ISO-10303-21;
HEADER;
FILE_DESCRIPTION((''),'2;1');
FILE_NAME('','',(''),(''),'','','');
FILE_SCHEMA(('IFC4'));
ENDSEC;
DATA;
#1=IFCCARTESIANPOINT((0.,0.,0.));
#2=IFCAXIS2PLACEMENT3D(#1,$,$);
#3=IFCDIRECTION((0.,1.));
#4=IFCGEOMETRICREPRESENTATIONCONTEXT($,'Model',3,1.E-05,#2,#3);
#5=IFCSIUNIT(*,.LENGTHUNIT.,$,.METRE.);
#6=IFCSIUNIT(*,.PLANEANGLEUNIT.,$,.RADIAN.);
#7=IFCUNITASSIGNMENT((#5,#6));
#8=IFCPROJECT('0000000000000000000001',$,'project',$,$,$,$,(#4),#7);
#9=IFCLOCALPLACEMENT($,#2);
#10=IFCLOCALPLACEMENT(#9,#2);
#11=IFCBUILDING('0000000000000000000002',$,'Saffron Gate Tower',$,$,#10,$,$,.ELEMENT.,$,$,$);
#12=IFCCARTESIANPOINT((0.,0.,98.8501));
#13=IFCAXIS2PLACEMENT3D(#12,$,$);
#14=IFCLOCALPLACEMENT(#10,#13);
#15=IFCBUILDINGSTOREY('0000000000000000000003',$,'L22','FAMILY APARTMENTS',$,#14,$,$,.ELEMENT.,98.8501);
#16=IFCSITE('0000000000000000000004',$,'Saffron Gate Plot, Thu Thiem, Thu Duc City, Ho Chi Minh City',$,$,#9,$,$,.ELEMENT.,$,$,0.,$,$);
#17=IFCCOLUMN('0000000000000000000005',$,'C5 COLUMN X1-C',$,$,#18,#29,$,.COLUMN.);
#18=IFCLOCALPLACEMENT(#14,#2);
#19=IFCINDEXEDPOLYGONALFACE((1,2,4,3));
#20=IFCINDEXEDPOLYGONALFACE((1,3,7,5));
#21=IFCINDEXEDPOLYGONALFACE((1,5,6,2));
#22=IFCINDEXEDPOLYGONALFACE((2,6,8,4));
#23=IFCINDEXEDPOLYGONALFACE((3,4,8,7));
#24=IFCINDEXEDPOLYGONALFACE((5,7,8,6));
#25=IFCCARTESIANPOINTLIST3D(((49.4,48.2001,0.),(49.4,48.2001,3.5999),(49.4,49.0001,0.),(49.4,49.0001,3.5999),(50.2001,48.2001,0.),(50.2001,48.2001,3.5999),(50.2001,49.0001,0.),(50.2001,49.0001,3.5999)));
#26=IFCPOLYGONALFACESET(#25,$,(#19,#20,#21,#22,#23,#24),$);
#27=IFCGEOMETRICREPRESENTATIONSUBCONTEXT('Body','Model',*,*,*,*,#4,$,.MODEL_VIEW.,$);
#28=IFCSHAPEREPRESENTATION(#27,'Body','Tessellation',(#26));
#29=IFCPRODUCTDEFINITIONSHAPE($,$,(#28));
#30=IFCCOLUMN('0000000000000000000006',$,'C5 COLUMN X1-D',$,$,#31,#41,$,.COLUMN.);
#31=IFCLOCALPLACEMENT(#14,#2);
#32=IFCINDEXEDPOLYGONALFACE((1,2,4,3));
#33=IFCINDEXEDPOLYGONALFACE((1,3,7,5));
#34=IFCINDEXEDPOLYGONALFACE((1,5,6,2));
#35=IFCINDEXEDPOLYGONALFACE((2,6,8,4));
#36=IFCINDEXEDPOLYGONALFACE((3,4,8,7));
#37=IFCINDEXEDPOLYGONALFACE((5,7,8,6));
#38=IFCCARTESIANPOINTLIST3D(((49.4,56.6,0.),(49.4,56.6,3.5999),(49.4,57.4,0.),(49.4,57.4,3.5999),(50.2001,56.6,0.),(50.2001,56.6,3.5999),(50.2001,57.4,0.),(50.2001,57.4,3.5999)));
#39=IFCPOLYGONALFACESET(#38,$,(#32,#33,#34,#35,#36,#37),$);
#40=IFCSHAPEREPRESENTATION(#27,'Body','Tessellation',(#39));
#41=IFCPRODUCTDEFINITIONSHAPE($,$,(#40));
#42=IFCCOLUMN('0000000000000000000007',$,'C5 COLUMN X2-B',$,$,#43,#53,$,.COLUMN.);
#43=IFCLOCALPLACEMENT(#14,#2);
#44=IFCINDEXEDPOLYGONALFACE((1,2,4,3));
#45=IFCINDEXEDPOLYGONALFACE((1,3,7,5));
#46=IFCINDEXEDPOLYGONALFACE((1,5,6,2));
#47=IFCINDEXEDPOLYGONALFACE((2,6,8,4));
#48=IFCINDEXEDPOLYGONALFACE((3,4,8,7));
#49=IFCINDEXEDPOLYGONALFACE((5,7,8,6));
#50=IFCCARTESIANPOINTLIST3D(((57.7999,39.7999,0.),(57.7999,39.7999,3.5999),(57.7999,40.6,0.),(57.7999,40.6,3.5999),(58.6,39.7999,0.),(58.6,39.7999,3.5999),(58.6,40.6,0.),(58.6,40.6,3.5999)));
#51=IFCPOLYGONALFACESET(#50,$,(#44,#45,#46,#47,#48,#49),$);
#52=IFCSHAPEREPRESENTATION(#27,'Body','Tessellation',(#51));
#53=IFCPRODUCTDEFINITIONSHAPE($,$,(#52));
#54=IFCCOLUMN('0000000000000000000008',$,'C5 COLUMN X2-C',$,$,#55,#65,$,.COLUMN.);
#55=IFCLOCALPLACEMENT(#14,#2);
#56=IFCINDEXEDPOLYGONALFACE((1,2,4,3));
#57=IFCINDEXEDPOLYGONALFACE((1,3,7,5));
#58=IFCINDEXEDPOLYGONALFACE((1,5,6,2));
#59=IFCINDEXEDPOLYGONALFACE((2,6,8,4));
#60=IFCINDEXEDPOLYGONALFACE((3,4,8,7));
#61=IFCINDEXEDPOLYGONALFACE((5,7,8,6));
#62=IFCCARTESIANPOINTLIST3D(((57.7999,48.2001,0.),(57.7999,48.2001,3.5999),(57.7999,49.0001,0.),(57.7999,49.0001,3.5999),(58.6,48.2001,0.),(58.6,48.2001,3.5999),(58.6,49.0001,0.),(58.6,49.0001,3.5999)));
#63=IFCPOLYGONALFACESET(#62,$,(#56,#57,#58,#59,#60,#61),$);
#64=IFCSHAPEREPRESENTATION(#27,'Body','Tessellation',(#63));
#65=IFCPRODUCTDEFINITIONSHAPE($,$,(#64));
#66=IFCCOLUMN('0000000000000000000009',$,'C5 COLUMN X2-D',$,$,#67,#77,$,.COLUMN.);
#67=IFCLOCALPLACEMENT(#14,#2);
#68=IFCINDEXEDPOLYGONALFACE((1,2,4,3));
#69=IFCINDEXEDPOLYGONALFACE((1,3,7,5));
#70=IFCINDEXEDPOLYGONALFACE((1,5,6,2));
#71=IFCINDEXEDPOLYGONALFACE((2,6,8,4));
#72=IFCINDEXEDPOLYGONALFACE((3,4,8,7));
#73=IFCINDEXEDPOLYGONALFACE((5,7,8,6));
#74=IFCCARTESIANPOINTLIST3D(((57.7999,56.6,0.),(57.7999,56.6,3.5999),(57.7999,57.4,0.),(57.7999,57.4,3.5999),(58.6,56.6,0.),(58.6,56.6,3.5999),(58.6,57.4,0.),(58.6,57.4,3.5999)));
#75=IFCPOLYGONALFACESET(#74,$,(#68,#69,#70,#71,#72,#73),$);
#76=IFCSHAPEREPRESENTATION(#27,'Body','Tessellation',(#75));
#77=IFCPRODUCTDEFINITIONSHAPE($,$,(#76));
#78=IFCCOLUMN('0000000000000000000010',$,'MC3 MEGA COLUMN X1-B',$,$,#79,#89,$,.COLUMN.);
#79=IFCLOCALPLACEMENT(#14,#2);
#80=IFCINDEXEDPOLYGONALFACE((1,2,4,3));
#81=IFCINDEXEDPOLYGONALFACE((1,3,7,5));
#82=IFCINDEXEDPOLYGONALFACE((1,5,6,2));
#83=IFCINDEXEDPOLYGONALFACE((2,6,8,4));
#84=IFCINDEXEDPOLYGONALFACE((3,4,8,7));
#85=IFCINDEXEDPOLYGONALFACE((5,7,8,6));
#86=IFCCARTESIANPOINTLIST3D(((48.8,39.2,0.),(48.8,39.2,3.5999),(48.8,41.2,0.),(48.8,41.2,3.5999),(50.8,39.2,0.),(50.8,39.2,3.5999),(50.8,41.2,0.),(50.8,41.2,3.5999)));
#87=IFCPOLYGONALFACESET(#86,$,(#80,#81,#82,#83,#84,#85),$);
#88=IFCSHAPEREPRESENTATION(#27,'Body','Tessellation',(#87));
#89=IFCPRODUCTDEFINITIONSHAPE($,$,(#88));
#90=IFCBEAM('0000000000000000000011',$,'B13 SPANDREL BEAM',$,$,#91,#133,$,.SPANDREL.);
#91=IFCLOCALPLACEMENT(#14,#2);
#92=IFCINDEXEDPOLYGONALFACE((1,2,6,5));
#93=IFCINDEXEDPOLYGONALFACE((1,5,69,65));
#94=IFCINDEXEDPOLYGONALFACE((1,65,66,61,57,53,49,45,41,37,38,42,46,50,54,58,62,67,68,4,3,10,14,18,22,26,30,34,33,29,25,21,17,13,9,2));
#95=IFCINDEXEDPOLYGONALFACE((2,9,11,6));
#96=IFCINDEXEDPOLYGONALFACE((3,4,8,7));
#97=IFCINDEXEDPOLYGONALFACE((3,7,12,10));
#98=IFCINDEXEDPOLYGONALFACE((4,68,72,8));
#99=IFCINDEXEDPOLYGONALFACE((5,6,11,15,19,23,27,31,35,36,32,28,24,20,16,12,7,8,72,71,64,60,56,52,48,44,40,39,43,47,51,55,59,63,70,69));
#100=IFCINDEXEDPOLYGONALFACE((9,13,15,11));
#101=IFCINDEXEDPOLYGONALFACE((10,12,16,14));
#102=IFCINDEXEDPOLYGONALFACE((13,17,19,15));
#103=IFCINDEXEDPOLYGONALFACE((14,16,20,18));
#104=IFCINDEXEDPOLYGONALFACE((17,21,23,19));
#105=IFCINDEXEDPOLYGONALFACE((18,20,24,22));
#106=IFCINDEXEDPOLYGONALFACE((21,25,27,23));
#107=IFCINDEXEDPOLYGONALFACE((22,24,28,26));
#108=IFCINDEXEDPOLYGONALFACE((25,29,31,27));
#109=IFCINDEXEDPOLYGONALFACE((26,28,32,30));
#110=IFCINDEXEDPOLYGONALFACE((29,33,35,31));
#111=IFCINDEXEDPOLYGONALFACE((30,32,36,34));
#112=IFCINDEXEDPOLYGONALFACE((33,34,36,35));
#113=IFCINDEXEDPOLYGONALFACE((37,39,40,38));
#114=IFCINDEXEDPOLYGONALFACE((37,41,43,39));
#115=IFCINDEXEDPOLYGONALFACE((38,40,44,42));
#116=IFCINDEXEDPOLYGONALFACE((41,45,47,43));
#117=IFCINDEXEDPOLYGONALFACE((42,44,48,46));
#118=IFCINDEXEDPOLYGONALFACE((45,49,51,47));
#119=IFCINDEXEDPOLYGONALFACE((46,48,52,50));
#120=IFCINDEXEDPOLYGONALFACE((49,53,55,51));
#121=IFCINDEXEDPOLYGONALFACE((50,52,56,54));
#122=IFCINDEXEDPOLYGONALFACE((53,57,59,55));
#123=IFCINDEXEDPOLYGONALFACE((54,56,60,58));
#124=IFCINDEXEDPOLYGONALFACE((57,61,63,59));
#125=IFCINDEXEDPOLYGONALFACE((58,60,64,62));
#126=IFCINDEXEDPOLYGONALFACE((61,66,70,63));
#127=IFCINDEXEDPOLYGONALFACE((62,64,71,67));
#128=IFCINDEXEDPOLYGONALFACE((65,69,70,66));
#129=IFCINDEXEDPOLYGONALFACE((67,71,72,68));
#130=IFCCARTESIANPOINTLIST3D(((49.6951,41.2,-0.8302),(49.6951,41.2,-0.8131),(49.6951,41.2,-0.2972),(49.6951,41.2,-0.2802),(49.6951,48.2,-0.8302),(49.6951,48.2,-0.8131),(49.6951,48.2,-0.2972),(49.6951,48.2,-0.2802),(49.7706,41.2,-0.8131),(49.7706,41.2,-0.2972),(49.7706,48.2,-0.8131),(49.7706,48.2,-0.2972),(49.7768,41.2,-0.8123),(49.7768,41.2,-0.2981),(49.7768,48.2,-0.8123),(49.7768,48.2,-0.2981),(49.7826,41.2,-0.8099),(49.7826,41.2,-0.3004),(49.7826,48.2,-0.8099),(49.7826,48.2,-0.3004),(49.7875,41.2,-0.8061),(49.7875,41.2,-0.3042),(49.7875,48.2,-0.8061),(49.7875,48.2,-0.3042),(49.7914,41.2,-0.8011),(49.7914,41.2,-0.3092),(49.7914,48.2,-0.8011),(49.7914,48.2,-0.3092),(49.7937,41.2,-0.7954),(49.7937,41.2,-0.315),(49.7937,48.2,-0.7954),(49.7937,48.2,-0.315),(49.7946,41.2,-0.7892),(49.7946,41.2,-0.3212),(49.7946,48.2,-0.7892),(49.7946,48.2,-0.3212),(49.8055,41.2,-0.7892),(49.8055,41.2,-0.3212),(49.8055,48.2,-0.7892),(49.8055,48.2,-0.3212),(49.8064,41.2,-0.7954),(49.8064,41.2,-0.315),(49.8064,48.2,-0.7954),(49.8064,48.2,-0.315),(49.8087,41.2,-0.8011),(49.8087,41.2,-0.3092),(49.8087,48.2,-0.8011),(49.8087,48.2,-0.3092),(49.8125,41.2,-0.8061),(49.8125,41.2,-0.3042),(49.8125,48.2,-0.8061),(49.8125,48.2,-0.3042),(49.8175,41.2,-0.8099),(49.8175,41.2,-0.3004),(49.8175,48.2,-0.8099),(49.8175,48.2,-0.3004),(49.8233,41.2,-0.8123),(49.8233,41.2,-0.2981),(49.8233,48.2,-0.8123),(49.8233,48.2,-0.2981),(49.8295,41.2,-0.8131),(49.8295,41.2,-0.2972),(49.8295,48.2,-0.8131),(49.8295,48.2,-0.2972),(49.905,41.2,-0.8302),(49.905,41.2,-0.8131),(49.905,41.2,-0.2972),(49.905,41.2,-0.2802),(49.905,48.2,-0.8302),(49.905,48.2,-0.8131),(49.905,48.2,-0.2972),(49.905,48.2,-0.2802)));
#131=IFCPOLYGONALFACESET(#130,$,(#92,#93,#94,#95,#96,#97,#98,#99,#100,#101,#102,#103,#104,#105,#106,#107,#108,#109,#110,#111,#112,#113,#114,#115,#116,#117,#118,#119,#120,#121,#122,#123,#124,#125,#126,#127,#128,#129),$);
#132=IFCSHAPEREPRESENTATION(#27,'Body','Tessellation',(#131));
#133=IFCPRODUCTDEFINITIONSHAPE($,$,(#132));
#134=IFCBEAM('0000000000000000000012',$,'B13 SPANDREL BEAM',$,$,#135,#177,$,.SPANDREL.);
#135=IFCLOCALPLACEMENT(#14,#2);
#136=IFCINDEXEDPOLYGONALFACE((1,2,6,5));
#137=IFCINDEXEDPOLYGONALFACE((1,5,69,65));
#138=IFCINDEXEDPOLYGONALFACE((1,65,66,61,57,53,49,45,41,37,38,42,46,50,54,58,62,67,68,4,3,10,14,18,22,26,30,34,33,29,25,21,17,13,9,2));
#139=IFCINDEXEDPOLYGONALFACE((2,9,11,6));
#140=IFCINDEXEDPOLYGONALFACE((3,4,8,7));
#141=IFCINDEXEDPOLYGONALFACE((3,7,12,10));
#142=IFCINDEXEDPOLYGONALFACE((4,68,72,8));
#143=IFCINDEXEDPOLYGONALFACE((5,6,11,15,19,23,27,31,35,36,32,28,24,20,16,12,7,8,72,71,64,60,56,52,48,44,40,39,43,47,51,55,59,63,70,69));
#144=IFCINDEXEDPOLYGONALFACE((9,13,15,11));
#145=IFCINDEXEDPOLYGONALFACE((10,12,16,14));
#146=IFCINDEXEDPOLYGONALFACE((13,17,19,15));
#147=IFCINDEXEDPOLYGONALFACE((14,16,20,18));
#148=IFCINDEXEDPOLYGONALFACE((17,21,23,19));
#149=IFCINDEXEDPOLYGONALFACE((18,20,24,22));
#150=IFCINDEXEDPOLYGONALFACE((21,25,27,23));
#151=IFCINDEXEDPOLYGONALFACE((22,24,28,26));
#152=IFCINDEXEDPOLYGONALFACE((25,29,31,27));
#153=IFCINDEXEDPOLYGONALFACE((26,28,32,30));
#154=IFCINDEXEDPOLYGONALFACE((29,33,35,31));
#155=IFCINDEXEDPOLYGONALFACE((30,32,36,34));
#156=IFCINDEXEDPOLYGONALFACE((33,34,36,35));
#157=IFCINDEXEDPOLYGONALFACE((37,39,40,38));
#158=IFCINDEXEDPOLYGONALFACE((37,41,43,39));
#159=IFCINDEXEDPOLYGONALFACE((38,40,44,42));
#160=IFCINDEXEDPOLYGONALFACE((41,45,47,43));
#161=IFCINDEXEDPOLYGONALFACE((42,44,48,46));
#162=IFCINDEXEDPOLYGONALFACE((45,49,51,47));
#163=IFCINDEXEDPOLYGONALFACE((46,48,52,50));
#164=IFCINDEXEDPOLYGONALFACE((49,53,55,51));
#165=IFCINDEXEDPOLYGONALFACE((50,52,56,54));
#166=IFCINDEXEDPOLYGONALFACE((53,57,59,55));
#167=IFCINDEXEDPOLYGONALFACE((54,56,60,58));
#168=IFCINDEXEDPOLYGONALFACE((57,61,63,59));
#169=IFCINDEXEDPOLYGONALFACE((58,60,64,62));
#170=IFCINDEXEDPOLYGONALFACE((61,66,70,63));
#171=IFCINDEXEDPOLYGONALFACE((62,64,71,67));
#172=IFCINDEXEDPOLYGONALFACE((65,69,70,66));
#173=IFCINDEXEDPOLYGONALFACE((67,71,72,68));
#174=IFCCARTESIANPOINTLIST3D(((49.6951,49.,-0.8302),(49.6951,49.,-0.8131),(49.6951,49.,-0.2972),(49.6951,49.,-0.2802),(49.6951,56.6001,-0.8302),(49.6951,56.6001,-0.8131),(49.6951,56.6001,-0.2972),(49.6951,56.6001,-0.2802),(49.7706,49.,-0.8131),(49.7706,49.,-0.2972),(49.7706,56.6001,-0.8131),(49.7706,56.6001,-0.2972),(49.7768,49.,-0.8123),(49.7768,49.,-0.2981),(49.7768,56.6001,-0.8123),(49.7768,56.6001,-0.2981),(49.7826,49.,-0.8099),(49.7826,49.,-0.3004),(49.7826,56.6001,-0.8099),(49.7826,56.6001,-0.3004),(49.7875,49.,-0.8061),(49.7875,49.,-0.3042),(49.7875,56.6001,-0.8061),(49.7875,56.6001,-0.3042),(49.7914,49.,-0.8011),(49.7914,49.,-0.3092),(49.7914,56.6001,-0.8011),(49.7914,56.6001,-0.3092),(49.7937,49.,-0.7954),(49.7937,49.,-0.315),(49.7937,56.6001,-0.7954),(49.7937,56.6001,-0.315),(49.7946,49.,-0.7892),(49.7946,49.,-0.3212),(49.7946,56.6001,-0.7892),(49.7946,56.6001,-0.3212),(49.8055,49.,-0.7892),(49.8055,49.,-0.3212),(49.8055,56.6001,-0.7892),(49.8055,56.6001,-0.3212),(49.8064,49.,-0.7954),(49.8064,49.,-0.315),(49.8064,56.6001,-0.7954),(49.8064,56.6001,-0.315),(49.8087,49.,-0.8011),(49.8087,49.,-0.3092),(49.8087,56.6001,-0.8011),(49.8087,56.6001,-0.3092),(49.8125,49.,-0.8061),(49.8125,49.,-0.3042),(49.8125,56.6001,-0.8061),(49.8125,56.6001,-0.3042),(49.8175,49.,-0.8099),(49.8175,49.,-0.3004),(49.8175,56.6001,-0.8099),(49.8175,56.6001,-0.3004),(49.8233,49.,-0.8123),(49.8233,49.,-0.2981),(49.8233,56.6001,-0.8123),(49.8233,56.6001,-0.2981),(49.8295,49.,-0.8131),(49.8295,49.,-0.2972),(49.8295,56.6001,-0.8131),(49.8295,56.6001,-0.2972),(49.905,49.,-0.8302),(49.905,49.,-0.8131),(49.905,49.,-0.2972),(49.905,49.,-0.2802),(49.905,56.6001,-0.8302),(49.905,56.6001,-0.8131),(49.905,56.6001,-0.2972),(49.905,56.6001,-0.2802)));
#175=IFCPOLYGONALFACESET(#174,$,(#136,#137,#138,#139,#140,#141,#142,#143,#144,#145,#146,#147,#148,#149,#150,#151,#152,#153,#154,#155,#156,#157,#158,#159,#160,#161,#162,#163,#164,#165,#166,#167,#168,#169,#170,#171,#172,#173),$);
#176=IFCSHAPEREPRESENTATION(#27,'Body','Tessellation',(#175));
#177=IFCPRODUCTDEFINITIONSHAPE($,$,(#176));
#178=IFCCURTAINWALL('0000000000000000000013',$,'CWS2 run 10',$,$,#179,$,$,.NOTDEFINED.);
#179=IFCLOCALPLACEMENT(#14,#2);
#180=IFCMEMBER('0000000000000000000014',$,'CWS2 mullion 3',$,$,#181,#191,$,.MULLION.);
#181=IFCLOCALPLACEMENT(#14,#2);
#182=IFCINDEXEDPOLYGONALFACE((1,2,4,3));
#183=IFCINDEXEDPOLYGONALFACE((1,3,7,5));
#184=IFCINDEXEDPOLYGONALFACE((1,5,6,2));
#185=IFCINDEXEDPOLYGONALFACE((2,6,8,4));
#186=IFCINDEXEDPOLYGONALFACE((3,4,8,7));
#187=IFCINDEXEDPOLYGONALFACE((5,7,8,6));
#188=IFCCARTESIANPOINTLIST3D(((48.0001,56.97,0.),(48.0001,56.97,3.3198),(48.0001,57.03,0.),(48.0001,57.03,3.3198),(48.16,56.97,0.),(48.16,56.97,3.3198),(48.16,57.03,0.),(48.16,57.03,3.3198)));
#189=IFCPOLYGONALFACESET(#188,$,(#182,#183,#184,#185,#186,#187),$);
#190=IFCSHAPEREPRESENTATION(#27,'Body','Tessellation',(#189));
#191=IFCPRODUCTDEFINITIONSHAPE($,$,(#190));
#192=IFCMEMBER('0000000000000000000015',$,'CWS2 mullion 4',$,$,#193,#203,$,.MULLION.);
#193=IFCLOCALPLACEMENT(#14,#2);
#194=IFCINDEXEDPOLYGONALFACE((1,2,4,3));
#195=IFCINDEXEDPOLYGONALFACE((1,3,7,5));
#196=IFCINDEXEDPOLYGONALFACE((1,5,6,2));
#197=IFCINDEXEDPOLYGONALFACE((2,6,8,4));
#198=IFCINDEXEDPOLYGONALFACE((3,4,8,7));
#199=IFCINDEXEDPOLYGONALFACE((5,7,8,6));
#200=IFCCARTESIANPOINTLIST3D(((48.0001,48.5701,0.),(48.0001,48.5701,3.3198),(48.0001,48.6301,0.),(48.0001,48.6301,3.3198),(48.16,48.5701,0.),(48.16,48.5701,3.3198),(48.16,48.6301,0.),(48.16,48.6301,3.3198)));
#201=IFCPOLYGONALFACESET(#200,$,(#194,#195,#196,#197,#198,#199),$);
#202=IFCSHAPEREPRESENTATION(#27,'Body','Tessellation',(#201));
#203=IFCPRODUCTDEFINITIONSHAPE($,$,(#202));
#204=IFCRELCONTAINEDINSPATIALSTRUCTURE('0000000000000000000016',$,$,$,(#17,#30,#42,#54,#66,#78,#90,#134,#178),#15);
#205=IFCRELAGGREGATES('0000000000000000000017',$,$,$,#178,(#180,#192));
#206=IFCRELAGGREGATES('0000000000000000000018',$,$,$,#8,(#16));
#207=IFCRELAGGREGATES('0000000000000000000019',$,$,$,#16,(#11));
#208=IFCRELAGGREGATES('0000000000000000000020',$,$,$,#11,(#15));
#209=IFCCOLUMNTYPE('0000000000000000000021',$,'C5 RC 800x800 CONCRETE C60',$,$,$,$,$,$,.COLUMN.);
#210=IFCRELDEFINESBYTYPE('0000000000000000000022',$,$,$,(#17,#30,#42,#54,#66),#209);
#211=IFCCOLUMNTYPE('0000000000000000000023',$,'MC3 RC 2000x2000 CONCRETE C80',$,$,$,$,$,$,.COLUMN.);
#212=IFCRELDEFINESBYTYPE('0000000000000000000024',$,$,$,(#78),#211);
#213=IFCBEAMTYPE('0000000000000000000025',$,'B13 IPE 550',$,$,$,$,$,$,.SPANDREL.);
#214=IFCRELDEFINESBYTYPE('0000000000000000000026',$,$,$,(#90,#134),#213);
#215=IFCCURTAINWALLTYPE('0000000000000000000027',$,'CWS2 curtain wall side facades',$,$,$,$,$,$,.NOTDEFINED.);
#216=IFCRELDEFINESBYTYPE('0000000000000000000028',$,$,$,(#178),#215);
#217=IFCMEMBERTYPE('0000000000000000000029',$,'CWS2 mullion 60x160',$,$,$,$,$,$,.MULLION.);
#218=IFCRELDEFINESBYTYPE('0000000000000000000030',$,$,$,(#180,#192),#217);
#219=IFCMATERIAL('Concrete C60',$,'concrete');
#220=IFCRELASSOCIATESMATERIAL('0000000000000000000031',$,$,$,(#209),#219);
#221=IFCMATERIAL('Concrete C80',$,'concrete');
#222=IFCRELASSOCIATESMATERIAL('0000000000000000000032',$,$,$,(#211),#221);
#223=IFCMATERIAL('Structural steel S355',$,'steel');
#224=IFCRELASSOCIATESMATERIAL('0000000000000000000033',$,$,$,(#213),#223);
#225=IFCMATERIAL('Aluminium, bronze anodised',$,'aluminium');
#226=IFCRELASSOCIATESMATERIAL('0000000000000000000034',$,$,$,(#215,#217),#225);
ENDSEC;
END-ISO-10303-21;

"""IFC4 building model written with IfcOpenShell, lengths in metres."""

from ifc_helpers import new_model, si_unit, direction, frame, origin, origin_2d, place, context, subcontext, project, spatial, rectangle, i_section, extrude, material, material_profile, profile_set, type_object, element, aggregate, save


model = new_model("IFC4")

# Units and contexts
model_context = context("Model", 3, precision=1e-05, world=origin(), true_north=direction((0.0, 1.0)))
body_context = subcontext(model_context, "Body", "Model", "MODEL_VIEW")
ifc_project = project(units=[si_unit("LENGTHUNIT", "METRE"), si_unit("PLANEANGLEUNIT", "RADIAN")], contexts=[model_context])

# Site, building, storey
site_placement = place(None, origin())
site = spatial("IfcSite", under=ifc_project, at=site_placement, Name="Saffron Gate Plot, Thu Thiem, Thu Duc City, Ho Chi Minh City", CompositionType="ELEMENT", RefElevation=0.0)
building_placement = place(site_placement, origin())
building = spatial("IfcBuilding", under=site, at=building_placement, Name="Saffron Gate Tower", CompositionType="ELEMENT")
storey_placement = place(building_placement, frame((0.0, 0.0, 98.8501)))
storey = spatial("IfcBuildingStorey", under=building, at=storey_placement, Name="L22", Description="FAMILY APARTMENTS", CompositionType="ELEMENT", Elevation=98.8501)

# Columns
ifc_material_1 = material(Name="Concrete C60", Category="concrete")
ifc_material_profile_1 = material_profile(ifc_material_1, rectangle(XDim=0.8, YDim=0.8, at=origin_2d()))
ifc_profile_set_1 = profile_set([ifc_material_profile_1], Name="Concrete C60")
column_type_1 = type_object("IfcColumnType", Name="C5 RC 800x800 CONCRETE C60", PredefinedType="COLUMN", material=ifc_profile_set_1)
for number, where, z_axis, x_axis, name in (
    (1, (49.8, 48.6001, 0.0), (0.0, 0.0, 1.0), (1.0, 0.0, 0.0), "C5 COLUMN X1-C"),
    (2, (49.8, 57.0, 0.0), (0.0, 0.0, 1.0), (1.0, 0.0, 0.0), "C5 COLUMN X1-D"),
    (3, (58.2, 40.2, 0.0), (0.0, 0.0, 1.0), (1.0, 0.0, 0.0), "C5 COLUMN X2-B"),
    (4, (58.2, 48.6001, 0.0), (0.0, 0.0, 1.0), (1.0, 0.0, 0.0), "C5 COLUMN X2-C"),
    (5, (58.2, 57.0, 0.0), (0.0, 0.0, 1.0), (1.0, 0.0, 0.0), "C5 COLUMN X2-D"),
):
    element("IfcColumn", number, at=place(storey_placement, frame(where, z_axis=z_axis, x_axis=x_axis)), inside=storey, type_object=column_type_1, Name=name, PredefinedType="COLUMN", context=body_context, shape_type="SweptSolid", body=[
        extrude(rectangle(XDim=0.8, YDim=0.8, at=origin_2d()), origin(), (0.0, 0.0, 1.0), 3.5999),
    ])
ifc_material_2 = material(Name="Concrete C80", Category="concrete")
ifc_material_profile_2 = material_profile(ifc_material_2, rectangle(XDim=2.0, YDim=2.0, at=origin_2d()))
ifc_profile_set_2 = profile_set([ifc_material_profile_2], Name="Concrete C80")
column_type_2 = type_object("IfcColumnType", Name="MC3 RC 2000x2000 CONCRETE C80", PredefinedType="COLUMN", material=ifc_profile_set_2)
column_placement = place(storey_placement, frame((49.8, 40.2, 0.0), z_axis=(0.0, 0.0, 1.0), x_axis=(1.0, 0.0, 0.0)))
element("IfcColumn", 6, at=column_placement, inside=storey, type_object=column_type_2, Name="MC3 MEGA COLUMN X1-B", PredefinedType="COLUMN", context=body_context, shape_type="SweptSolid", body=[
    extrude(rectangle(XDim=2.0, YDim=2.0, at=origin_2d()), origin(), (0.0, 0.0, 1.0), 3.5999),
])

# Beams
ifc_material_3 = material(Name="Structural steel S355", Category="steel")
ifc_material_profile_3 = material_profile(ifc_material_3, i_section(OverallWidth=0.21, OverallDepth=0.55, WebThickness=0.011, FlangeThickness=0.0171, FilletRadius=0.0239, at=origin_2d()))
ifc_profile_set_3 = profile_set([ifc_material_profile_3], Name="Structural steel S355")
beam_type = type_object("IfcBeamType", Name="B13 IPE 550", PredefinedType="SPANDREL", material=ifc_profile_set_3)
beam_1_placement = place(storey_placement, frame((49.8, 41.2, -0.5552), z_axis=(0.0, 1.0, 0.0), x_axis=(-1.0, 0.0, 0.0)))
element("IfcBeam", 7, at=beam_1_placement, inside=storey, type_object=beam_type, Name="B13 SPANDREL BEAM", PredefinedType="SPANDREL", context=body_context, shape_type="SweptSolid", body=[
    extrude(i_section(OverallWidth=0.21, OverallDepth=0.55, WebThickness=0.011, FlangeThickness=0.0171, FilletRadius=0.0239, at=origin_2d()), origin(), (0.0, 0.0, 1.0), 7.0),
])
beam_2_placement = place(storey_placement, frame((49.8, 49.0, -0.5552), z_axis=(0.0, 1.0, 0.0), x_axis=(-1.0, 0.0, 0.0)))
element("IfcBeam", 8, at=beam_2_placement, inside=storey, type_object=beam_type, Name="B13 SPANDREL BEAM", PredefinedType="SPANDREL", context=body_context, shape_type="SweptSolid", body=[
    extrude(i_section(OverallWidth=0.21, OverallDepth=0.55, WebThickness=0.011, FlangeThickness=0.0171, FilletRadius=0.0239, at=origin_2d()), origin(), (0.0, 0.0, 1.0), 7.6001),
])

# Curtain wall, members
ifc_material_4 = material(Name="Aluminium, bronze anodised", Category="aluminium")
curtain_wall_type_1 = type_object("IfcCurtainWallType", Name="CWS2 curtain wall side facades", PredefinedType="NOTDEFINED", material=ifc_material_4)
curtain_wall_1_placement = place(storey_placement, origin())
curtain_wall_1 = element("IfcCurtainWall", 9, at=curtain_wall_1_placement, inside=storey, type_object=curtain_wall_type_1, Name="CWS2 run 10", PredefinedType="NOTDEFINED")
ifc_material_profile_4 = material_profile(ifc_material_4, rectangle(XDim=0.1599, YDim=0.0601, at=origin_2d()))
ifc_profile_set_4 = profile_set([ifc_material_profile_4], Name="Aluminium, bronze anodised")
member_type_1 = type_object("IfcMemberType", Name="CWS2 mullion 60x160", PredefinedType="MULLION", material=ifc_profile_set_4)
member_1_placement = place(storey_placement, frame((48.0801, 57.0, 0.0), z_axis=(0.0, 0.0, 1.0), x_axis=(1.0, 0.0, 0.0)))
member_1 = element("IfcMember", 10, at=member_1_placement, type_object=member_type_1, Name="CWS2 mullion 3", PredefinedType="MULLION", context=body_context, shape_type="SweptSolid", body=[
    extrude(rectangle(XDim=0.1599, YDim=0.0601, at=origin_2d()), origin(), (0.0, 0.0, 1.0), 3.3198),
])
member_2_placement = place(storey_placement, frame((48.0801, 48.6001, 0.0), z_axis=(0.0, 0.0, 1.0), x_axis=(1.0, 0.0, 0.0)))
member_2 = element("IfcMember", 11, at=member_2_placement, type_object=member_type_1, Name="CWS2 mullion 4", PredefinedType="MULLION", context=body_context, shape_type="SweptSolid", body=[
    extrude(rectangle(XDim=0.1599, YDim=0.0601, at=origin_2d()), origin(), (0.0, 0.0, 1.0), 3.3198),
])
aggregate(curtain_wall_1, [member_1, member_2])

save(model, "model.ifc")
